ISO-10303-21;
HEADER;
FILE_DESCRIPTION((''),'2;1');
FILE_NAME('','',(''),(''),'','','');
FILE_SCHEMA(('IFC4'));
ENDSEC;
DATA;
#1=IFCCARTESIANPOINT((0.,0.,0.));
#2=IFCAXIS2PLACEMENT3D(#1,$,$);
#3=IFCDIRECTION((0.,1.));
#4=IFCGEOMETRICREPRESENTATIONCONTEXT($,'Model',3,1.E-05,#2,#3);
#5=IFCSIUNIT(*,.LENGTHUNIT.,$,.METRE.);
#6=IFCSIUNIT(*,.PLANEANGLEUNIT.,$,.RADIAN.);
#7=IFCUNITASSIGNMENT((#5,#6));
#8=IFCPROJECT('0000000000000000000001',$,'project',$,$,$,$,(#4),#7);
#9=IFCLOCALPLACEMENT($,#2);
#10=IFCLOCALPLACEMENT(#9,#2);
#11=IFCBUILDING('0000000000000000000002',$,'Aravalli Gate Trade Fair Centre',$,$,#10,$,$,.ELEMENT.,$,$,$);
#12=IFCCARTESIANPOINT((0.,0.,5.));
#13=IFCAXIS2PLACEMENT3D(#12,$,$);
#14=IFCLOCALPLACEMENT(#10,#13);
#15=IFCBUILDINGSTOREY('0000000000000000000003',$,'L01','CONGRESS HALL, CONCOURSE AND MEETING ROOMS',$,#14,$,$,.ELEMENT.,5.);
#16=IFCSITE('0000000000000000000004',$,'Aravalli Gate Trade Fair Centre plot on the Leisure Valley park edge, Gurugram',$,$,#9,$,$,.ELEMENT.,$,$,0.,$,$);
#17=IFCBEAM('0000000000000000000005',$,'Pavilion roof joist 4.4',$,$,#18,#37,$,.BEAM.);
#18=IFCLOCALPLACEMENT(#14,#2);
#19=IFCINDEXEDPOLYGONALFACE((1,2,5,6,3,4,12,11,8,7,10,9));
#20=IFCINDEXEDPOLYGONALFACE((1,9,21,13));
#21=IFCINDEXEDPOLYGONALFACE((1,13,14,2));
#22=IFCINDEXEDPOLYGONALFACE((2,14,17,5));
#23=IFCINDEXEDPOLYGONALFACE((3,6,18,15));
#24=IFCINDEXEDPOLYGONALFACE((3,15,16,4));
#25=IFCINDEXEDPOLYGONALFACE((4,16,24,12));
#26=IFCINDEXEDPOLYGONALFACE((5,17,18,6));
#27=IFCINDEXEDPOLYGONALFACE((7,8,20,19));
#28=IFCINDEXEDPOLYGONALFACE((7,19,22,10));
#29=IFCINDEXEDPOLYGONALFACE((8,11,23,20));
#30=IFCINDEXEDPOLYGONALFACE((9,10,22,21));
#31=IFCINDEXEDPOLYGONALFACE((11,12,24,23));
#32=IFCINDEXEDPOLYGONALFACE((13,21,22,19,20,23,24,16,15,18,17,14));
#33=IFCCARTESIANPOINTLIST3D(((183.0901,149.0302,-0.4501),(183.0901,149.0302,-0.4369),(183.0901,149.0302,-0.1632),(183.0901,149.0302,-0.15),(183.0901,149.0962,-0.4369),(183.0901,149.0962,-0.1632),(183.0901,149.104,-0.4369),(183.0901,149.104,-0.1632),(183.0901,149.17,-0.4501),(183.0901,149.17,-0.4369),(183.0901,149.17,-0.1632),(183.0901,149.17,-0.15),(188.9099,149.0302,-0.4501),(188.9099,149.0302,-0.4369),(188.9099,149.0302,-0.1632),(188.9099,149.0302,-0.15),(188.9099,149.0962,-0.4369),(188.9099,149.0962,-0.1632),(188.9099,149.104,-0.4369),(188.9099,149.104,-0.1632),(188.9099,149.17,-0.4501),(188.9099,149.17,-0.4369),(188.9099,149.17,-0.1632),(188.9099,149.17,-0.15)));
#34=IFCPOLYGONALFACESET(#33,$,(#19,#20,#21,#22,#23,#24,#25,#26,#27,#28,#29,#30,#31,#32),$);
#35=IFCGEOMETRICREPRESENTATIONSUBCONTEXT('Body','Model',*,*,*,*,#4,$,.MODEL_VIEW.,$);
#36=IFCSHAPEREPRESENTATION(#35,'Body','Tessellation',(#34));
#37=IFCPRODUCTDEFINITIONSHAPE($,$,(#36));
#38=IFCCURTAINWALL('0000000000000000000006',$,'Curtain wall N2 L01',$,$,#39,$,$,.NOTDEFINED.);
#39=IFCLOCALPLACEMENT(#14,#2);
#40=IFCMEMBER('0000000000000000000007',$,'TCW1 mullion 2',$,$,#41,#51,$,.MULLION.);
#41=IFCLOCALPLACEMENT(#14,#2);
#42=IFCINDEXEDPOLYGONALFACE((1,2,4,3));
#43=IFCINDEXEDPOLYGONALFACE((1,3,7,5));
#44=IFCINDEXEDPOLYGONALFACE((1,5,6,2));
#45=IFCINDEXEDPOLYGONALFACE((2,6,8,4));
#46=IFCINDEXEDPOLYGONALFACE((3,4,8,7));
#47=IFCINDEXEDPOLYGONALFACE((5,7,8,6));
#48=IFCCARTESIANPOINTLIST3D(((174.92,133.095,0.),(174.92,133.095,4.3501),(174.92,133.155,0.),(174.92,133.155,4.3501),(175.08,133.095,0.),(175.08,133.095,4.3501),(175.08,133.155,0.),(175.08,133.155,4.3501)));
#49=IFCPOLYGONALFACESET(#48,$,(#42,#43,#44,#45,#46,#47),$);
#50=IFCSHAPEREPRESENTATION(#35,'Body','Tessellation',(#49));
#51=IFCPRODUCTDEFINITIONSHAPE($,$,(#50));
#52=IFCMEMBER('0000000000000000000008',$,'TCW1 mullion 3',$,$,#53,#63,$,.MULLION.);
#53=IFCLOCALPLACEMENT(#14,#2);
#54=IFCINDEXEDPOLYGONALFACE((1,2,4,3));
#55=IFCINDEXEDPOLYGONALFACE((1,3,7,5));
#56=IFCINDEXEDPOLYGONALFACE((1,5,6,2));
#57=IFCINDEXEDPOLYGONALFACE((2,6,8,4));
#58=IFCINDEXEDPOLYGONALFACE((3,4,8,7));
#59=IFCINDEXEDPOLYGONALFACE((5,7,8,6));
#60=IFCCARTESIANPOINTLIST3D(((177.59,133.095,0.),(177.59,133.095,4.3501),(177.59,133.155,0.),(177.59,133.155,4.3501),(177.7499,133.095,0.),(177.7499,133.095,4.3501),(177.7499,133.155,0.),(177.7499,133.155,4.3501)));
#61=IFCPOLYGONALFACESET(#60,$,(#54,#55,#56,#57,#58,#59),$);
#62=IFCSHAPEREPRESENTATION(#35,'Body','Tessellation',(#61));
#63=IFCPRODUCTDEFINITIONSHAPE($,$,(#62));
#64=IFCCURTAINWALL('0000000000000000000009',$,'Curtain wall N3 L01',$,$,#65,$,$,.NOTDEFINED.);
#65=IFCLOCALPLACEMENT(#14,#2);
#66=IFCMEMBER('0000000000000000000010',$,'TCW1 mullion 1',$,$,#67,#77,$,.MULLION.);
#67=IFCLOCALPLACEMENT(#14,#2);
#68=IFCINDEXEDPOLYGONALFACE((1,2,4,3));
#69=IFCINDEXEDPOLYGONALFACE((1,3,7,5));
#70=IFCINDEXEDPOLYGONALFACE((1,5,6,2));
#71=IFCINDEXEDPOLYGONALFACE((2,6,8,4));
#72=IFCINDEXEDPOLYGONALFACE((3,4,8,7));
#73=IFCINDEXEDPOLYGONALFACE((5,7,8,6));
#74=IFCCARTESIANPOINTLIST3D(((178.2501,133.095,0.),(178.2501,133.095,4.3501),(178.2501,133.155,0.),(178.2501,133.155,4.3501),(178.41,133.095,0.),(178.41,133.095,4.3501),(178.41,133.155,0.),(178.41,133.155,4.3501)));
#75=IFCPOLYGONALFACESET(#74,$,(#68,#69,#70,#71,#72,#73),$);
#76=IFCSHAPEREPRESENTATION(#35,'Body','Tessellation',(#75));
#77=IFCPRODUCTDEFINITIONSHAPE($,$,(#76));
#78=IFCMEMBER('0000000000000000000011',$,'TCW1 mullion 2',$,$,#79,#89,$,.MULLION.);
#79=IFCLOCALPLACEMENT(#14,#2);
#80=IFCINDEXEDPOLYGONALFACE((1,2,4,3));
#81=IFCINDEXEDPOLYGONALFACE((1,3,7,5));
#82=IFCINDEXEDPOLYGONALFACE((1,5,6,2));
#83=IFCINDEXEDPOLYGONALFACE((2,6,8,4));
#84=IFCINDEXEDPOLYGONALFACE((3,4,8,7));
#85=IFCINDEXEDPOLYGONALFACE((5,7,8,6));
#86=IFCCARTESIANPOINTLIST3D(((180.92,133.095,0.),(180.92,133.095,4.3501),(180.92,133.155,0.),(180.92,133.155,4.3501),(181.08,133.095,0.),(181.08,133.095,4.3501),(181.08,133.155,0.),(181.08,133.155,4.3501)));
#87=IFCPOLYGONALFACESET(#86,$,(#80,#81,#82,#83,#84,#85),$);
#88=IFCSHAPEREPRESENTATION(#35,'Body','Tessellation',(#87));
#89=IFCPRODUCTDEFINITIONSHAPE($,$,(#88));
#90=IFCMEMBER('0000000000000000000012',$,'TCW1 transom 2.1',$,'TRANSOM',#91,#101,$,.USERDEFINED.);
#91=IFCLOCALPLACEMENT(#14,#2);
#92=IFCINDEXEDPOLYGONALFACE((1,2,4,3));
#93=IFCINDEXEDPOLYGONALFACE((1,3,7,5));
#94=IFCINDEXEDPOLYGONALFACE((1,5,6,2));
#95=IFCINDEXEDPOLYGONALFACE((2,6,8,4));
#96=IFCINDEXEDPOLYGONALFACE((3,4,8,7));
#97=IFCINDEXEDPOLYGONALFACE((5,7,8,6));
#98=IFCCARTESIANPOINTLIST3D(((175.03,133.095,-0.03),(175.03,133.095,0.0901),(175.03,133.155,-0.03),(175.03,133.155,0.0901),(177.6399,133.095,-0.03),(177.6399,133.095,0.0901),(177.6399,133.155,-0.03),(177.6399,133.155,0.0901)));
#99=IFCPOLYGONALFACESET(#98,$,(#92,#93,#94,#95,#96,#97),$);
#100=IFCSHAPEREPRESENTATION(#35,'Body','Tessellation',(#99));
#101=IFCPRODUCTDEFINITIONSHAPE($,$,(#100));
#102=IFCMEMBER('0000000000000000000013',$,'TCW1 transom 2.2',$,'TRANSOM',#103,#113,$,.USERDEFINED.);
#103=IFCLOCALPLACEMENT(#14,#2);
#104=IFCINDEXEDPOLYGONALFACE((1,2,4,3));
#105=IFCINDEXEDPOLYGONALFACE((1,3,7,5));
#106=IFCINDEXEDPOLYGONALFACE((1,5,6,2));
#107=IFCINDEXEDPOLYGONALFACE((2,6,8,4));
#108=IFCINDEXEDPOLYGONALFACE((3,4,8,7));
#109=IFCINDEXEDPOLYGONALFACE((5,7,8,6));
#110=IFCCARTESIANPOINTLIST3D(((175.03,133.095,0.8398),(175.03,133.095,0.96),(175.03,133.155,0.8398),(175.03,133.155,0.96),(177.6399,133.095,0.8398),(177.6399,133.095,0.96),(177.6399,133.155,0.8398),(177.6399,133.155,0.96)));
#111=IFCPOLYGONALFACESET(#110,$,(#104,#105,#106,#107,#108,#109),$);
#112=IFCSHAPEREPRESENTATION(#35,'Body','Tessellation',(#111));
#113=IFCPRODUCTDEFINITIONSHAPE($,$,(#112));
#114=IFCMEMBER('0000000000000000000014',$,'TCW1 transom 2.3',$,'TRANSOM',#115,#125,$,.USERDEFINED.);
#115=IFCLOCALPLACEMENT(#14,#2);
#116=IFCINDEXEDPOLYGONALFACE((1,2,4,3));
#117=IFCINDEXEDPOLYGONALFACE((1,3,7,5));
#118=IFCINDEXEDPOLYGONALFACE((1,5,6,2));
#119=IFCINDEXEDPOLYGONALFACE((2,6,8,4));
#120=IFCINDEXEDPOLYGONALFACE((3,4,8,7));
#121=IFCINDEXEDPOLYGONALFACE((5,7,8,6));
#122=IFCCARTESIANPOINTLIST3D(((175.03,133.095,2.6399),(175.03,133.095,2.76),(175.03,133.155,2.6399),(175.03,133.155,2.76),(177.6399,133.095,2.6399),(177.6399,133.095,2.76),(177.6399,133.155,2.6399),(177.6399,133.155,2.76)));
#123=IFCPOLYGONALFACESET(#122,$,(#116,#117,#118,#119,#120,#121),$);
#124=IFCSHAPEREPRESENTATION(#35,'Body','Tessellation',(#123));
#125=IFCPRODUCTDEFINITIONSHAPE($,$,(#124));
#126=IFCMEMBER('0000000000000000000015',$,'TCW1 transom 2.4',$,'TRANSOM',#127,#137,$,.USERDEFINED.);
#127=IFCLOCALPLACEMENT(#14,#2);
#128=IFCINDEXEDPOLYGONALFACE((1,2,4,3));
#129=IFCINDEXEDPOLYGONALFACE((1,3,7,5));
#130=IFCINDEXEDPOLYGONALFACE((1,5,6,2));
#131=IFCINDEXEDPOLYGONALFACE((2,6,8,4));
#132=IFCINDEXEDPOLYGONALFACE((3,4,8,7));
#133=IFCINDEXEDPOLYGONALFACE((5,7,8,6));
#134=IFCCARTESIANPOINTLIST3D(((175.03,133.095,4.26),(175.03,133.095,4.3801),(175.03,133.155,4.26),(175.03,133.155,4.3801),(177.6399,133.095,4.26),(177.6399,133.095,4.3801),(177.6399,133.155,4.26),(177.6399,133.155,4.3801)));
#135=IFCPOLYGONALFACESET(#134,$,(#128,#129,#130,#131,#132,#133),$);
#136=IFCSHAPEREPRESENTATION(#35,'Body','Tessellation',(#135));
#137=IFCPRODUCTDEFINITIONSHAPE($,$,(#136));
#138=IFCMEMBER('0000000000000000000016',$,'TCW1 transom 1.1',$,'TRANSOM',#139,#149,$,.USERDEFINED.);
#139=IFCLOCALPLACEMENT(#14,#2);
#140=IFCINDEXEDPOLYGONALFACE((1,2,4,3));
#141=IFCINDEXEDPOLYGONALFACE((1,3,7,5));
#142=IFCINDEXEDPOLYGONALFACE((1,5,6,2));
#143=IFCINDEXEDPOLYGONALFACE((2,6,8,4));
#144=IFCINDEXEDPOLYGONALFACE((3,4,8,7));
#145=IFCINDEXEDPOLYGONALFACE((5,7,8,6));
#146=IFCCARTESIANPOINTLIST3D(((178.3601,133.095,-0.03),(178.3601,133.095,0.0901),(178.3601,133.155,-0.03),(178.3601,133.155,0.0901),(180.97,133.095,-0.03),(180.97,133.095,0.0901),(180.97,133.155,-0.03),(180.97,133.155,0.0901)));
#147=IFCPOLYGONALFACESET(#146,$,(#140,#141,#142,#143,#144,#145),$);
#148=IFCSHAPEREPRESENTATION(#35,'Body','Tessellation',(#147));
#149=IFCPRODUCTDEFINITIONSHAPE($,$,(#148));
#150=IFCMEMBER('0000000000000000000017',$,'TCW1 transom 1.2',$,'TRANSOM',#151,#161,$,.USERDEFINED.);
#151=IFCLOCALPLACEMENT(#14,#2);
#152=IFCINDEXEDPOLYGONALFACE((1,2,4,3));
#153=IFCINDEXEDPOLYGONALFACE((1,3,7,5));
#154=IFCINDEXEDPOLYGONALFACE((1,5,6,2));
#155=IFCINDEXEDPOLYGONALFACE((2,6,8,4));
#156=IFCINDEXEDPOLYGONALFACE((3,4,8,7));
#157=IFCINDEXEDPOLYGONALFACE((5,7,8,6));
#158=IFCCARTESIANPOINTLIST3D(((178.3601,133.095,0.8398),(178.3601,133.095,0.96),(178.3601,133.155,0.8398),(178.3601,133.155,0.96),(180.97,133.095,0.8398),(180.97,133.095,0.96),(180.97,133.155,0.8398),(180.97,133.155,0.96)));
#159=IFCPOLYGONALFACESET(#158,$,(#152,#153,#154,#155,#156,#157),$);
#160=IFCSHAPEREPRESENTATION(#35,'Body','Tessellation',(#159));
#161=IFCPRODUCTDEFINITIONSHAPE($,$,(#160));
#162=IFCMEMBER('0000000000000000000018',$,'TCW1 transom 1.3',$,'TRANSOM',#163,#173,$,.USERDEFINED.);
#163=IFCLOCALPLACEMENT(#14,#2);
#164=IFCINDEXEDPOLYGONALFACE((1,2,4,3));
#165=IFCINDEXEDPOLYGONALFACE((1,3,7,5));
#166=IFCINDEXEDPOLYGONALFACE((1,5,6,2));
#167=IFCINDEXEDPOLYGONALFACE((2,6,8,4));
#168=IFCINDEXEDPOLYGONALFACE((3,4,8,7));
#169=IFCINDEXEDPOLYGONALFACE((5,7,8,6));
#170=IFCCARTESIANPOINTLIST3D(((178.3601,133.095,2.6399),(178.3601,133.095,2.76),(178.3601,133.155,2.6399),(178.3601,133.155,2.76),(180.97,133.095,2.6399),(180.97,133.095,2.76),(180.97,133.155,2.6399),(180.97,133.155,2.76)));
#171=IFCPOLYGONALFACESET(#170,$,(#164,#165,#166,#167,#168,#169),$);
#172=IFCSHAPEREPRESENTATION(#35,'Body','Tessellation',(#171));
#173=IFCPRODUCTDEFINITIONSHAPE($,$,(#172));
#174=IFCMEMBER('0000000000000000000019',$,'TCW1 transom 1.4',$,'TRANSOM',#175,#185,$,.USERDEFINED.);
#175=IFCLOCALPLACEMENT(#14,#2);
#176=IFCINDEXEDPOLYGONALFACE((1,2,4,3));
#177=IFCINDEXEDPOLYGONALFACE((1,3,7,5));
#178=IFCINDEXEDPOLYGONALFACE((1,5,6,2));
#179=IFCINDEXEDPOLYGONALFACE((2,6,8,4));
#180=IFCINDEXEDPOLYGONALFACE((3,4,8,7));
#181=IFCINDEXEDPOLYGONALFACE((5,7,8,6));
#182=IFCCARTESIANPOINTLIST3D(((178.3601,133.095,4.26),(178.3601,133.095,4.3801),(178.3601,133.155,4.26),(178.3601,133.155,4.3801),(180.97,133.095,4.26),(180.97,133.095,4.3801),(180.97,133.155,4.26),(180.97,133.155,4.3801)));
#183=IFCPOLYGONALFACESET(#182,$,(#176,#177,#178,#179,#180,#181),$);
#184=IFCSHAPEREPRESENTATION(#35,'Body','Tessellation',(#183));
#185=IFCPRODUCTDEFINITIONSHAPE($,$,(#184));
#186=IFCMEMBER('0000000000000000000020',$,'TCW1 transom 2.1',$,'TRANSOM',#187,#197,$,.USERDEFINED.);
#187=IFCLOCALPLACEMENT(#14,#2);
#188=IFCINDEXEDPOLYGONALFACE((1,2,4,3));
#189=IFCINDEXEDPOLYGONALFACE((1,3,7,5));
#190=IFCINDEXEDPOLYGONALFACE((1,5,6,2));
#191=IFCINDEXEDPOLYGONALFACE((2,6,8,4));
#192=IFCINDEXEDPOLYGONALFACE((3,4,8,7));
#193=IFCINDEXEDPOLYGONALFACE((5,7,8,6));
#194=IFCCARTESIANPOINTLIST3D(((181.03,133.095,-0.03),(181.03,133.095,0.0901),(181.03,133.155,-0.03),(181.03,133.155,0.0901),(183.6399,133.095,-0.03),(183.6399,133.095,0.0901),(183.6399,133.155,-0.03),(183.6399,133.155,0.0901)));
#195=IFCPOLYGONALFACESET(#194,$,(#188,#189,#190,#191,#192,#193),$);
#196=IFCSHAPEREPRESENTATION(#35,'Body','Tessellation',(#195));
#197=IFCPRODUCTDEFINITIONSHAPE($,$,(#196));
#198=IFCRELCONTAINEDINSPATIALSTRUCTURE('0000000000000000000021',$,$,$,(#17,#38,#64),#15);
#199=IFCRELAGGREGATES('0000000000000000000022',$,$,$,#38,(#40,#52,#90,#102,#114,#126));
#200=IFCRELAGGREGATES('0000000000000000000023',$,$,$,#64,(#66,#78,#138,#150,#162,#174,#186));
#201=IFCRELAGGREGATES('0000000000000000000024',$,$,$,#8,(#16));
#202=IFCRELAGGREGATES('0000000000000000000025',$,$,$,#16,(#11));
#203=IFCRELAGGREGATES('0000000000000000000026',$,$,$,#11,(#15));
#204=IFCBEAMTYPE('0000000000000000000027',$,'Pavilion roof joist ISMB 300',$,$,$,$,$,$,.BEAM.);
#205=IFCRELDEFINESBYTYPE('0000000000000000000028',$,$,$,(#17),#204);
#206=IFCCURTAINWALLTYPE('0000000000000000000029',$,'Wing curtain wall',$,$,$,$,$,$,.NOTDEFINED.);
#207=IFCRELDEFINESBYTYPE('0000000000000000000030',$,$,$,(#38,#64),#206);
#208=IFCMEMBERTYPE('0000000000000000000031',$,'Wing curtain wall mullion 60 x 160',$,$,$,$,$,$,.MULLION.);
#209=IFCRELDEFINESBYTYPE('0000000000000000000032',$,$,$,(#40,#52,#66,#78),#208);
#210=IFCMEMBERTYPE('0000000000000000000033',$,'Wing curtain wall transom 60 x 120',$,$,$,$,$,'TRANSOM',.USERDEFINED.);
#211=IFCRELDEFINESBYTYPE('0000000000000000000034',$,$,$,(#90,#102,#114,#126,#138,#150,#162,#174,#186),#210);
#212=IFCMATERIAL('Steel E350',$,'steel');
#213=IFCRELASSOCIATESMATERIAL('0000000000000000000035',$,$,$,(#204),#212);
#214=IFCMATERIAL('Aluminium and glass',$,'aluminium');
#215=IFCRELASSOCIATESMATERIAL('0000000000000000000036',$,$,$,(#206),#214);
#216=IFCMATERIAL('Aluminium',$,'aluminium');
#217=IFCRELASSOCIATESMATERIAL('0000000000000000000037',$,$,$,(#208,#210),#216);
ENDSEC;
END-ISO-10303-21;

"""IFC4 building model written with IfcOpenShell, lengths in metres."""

from ifc_helpers import new_model, si_unit, direction, frame, origin, origin_2d, place, context, subcontext, project, spatial, rectangle, i_section, extrude, material, material_profile, profile_set, type_object, element, aggregate, save


model = new_model("IFC4")

# Units and contexts
model_context = context("Model", 3, precision=1e-05, world=origin(), true_north=direction((0.0, 1.0)))
body_context = subcontext(model_context, "Body", "Model", "MODEL_VIEW")
ifc_project = project(units=[si_unit("LENGTHUNIT", "METRE"), si_unit("PLANEANGLEUNIT", "RADIAN")], contexts=[model_context])

# Site, building, storey
site_placement = place(None, origin())
site = spatial("IfcSite", under=ifc_project, at=site_placement, Name="Aravalli Gate Trade Fair Centre plot on the Leisure Valley park edge, Gurugram", CompositionType="ELEMENT", RefElevation=0.0)
building_placement = place(site_placement, origin())
building = spatial("IfcBuilding", under=site, at=building_placement, Name="Aravalli Gate Trade Fair Centre", CompositionType="ELEMENT")
storey_placement = place(building_placement, frame((0.0, 0.0, 5.0)))
storey = spatial("IfcBuildingStorey", under=building, at=storey_placement, Name="L01", Description="CONGRESS HALL, CONCOURSE AND MEETING ROOMS", CompositionType="ELEMENT", Elevation=5.0)

# Shared definitions
ifc_material_1 = material(Name="Steel E350", Category="steel")

# Beam
ifc_material_profile_1 = material_profile(ifc_material_1, i_section(OverallWidth=0.1399, OverallDepth=0.3, WebThickness=0.0078, FlangeThickness=0.0132, at=origin_2d()), Name="ISMB 300")
ifc_profile_set_1 = profile_set([ifc_material_profile_1], Name="Steel E350")
beam_type_1 = type_object("IfcBeamType", Name="Pavilion roof joist ISMB 300", PredefinedType="BEAM", material=ifc_profile_set_1)
for number, where, z_axis, x_axis, name in (
    (1, (183.0901, 149.1001, -0.3), (1.0, 0.0, 0.0), (0.0, 1.0, 0.0), "Pavilion roof joist 4.4"),
):
    element("IfcBeam", number, at=place(storey_placement, frame(where, z_axis=z_axis, x_axis=x_axis)), inside=storey, type_object=beam_type_1, Name=name, PredefinedType="BEAM", context=body_context, shape_type="SweptSolid", body=[
        extrude(i_section(OverallWidth=0.1399, OverallDepth=0.3, WebThickness=0.0078, FlangeThickness=0.0132, at=origin_2d()), origin(), (0.0, 0.0, 1.0), 5.8198),
    ])

# Curtain walls, members
ifc_material_2 = material(Name="Aluminium and glass", Category="aluminium")
curtain_wall_type = type_object("IfcCurtainWallType", Name="Wing curtain wall", PredefinedType="NOTDEFINED", material=ifc_material_2)
curtain_wall_1_placement = place(storey_placement, origin())
curtain_wall_1 = element("IfcCurtainWall", 2, at=curtain_wall_1_placement, inside=storey, type_object=curtain_wall_type, Name="Curtain wall N2 L01", PredefinedType="NOTDEFINED")
ifc_material_3 = material(Name="Aluminium", Category="aluminium")
ifc_material_profile_2 = material_profile(ifc_material_3, rectangle(XDim=0.0601, YDim=0.1599, at=origin_2d()), Name="Wing curtain wall mullion 60 x 160")
ifc_profile_set_2 = profile_set([ifc_material_profile_2], Name="Aluminium")
member_type_1 = type_object("IfcMemberType", Name="Wing curtain wall mullion 60 x 160", PredefinedType="MULLION", material=ifc_profile_set_2)
member_1_placement = place(storey_placement, frame((175.0, 133.125, 0.0), z_axis=(0.0, 0.0, 1.0), x_axis=(0.0, 1.0, 0.0)))
member_1 = element("IfcMember", 3, at=member_1_placement, type_object=member_type_1, Name="TCW1 mullion 2", PredefinedType="MULLION", context=body_context, shape_type="SweptSolid", body=[
    extrude(rectangle(XDim=0.0601, YDim=0.1599, at=origin_2d()), origin(), (0.0, 0.0, 1.0), 4.3501),
])
member_2_placement = place(storey_placement, frame((177.6699, 133.125, 0.0), z_axis=(0.0, 0.0, 1.0), x_axis=(0.0, 1.0, 0.0)))
member_2 = element("IfcMember", 4, at=member_2_placement, type_object=member_type_1, Name="TCW1 mullion 3", PredefinedType="MULLION", context=body_context, shape_type="SweptSolid", body=[
    extrude(rectangle(XDim=0.0601, YDim=0.1599, at=origin_2d()), origin(), (0.0, 0.0, 1.0), 4.3501),
])
curtain_wall_2_placement = place(storey_placement, origin())
curtain_wall_2 = element("IfcCurtainWall", 5, at=curtain_wall_2_placement, inside=storey, type_object=curtain_wall_type, Name="Curtain wall N3 L01", PredefinedType="NOTDEFINED")
member_3_placement = place(storey_placement, frame((178.3301, 133.125, 0.0), z_axis=(0.0, 0.0, 1.0), x_axis=(0.0, 1.0, 0.0)))
member_3 = element("IfcMember", 6, at=member_3_placement, type_object=member_type_1, Name="TCW1 mullion 1", PredefinedType="MULLION", context=body_context, shape_type="SweptSolid", body=[
    extrude(rectangle(XDim=0.0601, YDim=0.1599, at=origin_2d()), origin(), (0.0, 0.0, 1.0), 4.3501),
])
member_4_placement = place(storey_placement, frame((181.0, 133.125, 0.0), z_axis=(0.0, 0.0, 1.0), x_axis=(0.0, 1.0, 0.0)))
member_4 = element("IfcMember", 7, at=member_4_placement, type_object=member_type_1, Name="TCW1 mullion 2", PredefinedType="MULLION", context=body_context, shape_type="SweptSolid", body=[
    extrude(rectangle(XDim=0.0601, YDim=0.1599, at=origin_2d()), origin(), (0.0, 0.0, 1.0), 4.3501),
])

# Members
ifc_material_profile_3 = material_profile(ifc_material_3, rectangle(XDim=0.0601, YDim=0.1201, at=origin_2d()), Name="Wing curtain wall transom 60 x 120")
ifc_profile_set_3 = profile_set([ifc_material_profile_3], Name="Aluminium")
member_type_2 = type_object("IfcMemberType", Name="Wing curtain wall transom 60 x 120", ElementType="TRANSOM", PredefinedType="USERDEFINED", material=ifc_profile_set_3)
member_5_placement = place(storey_placement, frame((175.03, 133.125, 0.03), z_axis=(1.0, 0.0, 0.0), x_axis=(0.0, 1.0, 0.0)))
member_5 = element("IfcMember", 8, at=member_5_placement, type_object=member_type_2, Name="TCW1 transom 2.1", ObjectType="TRANSOM", PredefinedType="USERDEFINED", context=body_context, shape_type="SweptSolid", body=[
    extrude(rectangle(XDim=0.0601, YDim=0.1201, at=origin_2d()), origin(), (0.0, 0.0, 1.0), 2.6099),
])
member_6_placement = place(storey_placement, frame((175.03, 133.125, 0.8999), z_axis=(1.0, 0.0, 0.0), x_axis=(0.0, 1.0, 0.0)))
member_6 = element("IfcMember", 9, at=member_6_placement, type_object=member_type_2, Name="TCW1 transom 2.2", ObjectType="TRANSOM", PredefinedType="USERDEFINED", context=body_context, shape_type="SweptSolid", body=[
    extrude(rectangle(XDim=0.0601, YDim=0.1201, at=origin_2d()), origin(), (0.0, 0.0, 1.0), 2.6099),
])
member_7_placement = place(storey_placement, frame((175.03, 133.125, 2.7), z_axis=(1.0, 0.0, 0.0), x_axis=(0.0, 1.0, 0.0)))
member_7 = element("IfcMember", 10, at=member_7_placement, type_object=member_type_2, Name="TCW1 transom 2.3", ObjectType="TRANSOM", PredefinedType="USERDEFINED", context=body_context, shape_type="SweptSolid", body=[
    extrude(rectangle(XDim=0.0601, YDim=0.1201, at=origin_2d()), origin(), (0.0, 0.0, 1.0), 2.6099),
])
member_8_placement = place(storey_placement, frame((175.03, 133.125, 4.3201), z_axis=(1.0, 0.0, 0.0), x_axis=(0.0, 1.0, 0.0)))
member_8 = element("IfcMember", 11, at=member_8_placement, type_object=member_type_2, Name="TCW1 transom 2.4", ObjectType="TRANSOM", PredefinedType="USERDEFINED", context=body_context, shape_type="SweptSolid", body=[
    extrude(rectangle(XDim=0.0601, YDim=0.1201, at=origin_2d()), origin(), (0.0, 0.0, 1.0), 2.6099),
])
member_9_placement = place(storey_placement, frame((178.3601, 133.125, 0.03), z_axis=(1.0, 0.0, 0.0), x_axis=(0.0, 1.0, 0.0)))
member_9 = element("IfcMember", 12, at=member_9_placement, type_object=member_type_2, Name="TCW1 transom 1.1", ObjectType="TRANSOM", PredefinedType="USERDEFINED", context=body_context, shape_type="SweptSolid", body=[
    extrude(rectangle(XDim=0.0601, YDim=0.1201, at=origin_2d()), origin(), (0.0, 0.0, 1.0), 2.6099),
])
member_10_placement = place(storey_placement, frame((178.3601, 133.125, 0.8999), z_axis=(1.0, 0.0, 0.0), x_axis=(0.0, 1.0, 0.0)))
member_10 = element("IfcMember", 13, at=member_10_placement, type_object=member_type_2, Name="TCW1 transom 1.2", ObjectType="TRANSOM", PredefinedType="USERDEFINED", context=body_context, shape_type="SweptSolid", body=[
    extrude(rectangle(XDim=0.0601, YDim=0.1201, at=origin_2d()), origin(), (0.0, 0.0, 1.0), 2.6099),
])
member_11_placement = place(storey_placement, frame((178.3601, 133.125, 2.7), z_axis=(1.0, 0.0, 0.0), x_axis=(0.0, 1.0, 0.0)))
member_11 = element("IfcMember", 14, at=member_11_placement, type_object=member_type_2, Name="TCW1 transom 1.3", ObjectType="TRANSOM", PredefinedType="USERDEFINED", context=body_context, shape_type="SweptSolid", body=[
    extrude(rectangle(XDim=0.0601, YDim=0.1201, at=origin_2d()), origin(), (0.0, 0.0, 1.0), 2.6099),
])
member_12_placement = place(storey_placement, frame((178.3601, 133.125, 4.3201), z_axis=(1.0, 0.0, 0.0), x_axis=(0.0, 1.0, 0.0)))
member_12 = element("IfcMember", 15, at=member_12_placement, type_object=member_type_2, Name="TCW1 transom 1.4", ObjectType="TRANSOM", PredefinedType="USERDEFINED", context=body_context, shape_type="SweptSolid", body=[
    extrude(rectangle(XDim=0.0601, YDim=0.1201, at=origin_2d()), origin(), (0.0, 0.0, 1.0), 2.6099),
])
member_13_placement = place(storey_placement, frame((181.03, 133.125, 0.03), z_axis=(1.0, 0.0, 0.0), x_axis=(0.0, 1.0, 0.0)))
member_13 = element("IfcMember", 16, at=member_13_placement, type_object=member_type_2, Name="TCW1 transom 2.1", ObjectType="TRANSOM", PredefinedType="USERDEFINED", context=body_context, shape_type="SweptSolid", body=[
    extrude(rectangle(XDim=0.0601, YDim=0.1201, at=origin_2d()), origin(), (0.0, 0.0, 1.0), 2.6099),
])

aggregate(curtain_wall_1, [member_1, member_2, member_5, member_6, member_7, member_8])
aggregate(curtain_wall_2, [member_3, member_4, member_9, member_10, member_11, member_12, member_13])

save(model, "model.ifc")
